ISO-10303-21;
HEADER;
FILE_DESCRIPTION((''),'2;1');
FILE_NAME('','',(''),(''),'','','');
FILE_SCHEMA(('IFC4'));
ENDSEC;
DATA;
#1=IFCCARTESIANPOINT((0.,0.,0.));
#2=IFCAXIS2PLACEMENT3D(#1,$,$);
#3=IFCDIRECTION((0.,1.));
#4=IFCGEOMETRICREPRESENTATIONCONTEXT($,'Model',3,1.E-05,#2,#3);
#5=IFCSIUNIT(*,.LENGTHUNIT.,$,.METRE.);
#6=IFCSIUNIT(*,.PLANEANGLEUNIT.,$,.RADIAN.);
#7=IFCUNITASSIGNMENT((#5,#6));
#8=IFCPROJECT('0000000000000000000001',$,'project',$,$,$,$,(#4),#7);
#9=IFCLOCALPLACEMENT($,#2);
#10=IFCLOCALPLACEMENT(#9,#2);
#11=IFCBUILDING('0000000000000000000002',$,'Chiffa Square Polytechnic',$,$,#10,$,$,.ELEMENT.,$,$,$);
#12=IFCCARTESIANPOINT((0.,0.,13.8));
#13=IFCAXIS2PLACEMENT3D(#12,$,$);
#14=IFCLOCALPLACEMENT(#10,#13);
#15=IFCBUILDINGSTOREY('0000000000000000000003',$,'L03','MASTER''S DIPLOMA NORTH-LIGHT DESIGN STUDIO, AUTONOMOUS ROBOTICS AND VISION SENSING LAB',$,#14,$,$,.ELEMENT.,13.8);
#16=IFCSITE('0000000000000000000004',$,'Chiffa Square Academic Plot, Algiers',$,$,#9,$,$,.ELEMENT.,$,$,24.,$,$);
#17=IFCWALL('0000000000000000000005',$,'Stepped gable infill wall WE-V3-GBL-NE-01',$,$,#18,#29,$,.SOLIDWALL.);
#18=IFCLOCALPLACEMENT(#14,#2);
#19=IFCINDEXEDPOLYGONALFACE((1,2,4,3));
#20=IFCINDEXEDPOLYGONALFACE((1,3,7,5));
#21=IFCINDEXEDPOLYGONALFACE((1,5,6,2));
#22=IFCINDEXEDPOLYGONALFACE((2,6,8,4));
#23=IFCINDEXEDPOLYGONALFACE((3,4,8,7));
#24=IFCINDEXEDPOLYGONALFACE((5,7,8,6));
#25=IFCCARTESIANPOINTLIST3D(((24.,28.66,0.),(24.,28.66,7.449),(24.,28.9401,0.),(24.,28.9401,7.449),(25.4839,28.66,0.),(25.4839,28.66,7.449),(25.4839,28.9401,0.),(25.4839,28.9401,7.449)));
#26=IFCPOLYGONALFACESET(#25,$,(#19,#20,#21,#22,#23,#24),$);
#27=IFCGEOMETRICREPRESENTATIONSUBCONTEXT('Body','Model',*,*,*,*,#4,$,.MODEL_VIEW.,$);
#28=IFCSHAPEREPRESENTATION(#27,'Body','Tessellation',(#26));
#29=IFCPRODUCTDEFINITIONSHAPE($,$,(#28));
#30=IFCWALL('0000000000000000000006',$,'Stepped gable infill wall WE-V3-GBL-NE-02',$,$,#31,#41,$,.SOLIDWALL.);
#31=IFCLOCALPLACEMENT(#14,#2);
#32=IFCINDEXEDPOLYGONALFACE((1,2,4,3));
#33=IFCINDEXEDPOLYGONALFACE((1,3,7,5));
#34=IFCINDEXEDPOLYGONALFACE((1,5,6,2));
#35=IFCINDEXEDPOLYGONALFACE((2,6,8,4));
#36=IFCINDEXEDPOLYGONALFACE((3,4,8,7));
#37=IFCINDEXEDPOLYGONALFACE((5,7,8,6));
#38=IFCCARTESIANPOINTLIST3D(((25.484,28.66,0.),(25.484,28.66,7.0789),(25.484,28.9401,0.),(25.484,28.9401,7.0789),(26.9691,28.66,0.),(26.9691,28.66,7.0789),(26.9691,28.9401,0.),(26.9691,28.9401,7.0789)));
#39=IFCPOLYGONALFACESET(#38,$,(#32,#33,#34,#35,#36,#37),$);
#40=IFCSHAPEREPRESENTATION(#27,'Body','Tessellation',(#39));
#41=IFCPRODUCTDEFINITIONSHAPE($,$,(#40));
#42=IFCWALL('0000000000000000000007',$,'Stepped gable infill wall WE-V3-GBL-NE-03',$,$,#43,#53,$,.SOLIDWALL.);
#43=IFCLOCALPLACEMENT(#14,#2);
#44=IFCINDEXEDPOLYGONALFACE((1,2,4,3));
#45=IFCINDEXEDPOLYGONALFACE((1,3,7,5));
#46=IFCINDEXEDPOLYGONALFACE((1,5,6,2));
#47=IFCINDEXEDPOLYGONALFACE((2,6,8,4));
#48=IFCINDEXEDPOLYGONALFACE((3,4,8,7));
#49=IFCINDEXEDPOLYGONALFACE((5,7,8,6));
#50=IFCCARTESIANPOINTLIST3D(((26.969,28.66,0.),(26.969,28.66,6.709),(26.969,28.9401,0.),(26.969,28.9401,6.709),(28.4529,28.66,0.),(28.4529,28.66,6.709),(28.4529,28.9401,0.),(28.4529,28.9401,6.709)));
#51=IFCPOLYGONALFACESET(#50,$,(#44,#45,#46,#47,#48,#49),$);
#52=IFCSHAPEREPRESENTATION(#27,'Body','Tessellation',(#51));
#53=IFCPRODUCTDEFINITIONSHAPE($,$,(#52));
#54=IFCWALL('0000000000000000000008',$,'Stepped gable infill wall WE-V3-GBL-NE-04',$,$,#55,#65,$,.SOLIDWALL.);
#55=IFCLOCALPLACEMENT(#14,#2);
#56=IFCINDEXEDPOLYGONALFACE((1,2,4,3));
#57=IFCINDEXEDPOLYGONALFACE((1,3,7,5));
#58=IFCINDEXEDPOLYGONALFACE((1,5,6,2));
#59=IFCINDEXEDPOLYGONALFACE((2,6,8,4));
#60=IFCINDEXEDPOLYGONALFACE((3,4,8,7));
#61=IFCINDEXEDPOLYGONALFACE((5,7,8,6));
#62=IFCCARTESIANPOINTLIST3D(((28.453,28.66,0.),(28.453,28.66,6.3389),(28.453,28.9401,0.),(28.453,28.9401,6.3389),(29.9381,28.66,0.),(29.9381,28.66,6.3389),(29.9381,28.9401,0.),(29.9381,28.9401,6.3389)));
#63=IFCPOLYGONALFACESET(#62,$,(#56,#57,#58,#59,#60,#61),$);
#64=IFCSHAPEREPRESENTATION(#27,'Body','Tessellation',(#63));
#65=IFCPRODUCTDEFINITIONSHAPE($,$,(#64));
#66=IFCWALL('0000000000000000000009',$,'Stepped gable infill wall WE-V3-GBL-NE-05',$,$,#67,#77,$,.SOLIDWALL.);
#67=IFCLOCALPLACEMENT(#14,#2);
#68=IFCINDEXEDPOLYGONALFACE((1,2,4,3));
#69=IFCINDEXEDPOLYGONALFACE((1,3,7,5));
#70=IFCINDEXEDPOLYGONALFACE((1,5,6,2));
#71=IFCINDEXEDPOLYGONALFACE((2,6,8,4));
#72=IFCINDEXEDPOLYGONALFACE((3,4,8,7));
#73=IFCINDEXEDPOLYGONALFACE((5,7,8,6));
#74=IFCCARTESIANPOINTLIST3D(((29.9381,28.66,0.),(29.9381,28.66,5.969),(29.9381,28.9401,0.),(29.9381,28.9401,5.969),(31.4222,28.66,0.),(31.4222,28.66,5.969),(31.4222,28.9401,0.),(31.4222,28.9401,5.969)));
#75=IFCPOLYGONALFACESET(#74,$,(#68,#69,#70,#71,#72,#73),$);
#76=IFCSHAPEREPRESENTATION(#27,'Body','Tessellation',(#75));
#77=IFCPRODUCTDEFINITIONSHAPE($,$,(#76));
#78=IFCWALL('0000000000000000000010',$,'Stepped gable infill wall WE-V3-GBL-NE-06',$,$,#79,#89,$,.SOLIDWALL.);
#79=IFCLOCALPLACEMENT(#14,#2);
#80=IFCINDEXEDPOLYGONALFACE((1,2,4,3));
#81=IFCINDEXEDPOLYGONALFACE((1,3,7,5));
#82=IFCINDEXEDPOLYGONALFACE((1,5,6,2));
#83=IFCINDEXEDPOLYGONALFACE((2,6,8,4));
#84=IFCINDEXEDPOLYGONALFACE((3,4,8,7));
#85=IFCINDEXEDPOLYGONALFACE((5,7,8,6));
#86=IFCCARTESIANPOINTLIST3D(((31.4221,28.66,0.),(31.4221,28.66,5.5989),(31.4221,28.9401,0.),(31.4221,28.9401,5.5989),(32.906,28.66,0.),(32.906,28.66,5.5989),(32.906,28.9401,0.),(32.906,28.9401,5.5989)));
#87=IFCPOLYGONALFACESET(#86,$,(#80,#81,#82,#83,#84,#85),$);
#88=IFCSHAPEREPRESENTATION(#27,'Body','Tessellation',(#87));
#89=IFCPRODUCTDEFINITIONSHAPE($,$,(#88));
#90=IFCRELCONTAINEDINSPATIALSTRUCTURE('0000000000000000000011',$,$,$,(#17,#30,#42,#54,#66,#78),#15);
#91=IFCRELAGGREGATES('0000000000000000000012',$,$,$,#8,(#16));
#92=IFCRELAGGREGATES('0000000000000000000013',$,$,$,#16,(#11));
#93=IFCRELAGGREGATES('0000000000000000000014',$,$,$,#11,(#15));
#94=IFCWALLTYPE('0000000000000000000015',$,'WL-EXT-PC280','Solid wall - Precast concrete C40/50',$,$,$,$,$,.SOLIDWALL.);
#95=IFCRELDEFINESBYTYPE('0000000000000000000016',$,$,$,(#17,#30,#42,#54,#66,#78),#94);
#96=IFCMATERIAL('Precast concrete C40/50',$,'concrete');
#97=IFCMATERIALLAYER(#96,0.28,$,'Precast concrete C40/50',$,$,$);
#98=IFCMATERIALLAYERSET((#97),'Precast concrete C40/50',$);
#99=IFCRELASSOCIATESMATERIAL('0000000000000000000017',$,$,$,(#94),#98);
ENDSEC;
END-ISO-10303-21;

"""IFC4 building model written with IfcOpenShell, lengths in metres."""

from ifc_helpers import new_model, si_unit, direction, frame, frame_2d, origin, place, context, subcontext, project, spatial, rectangle, extrude, material, layer, layer_set, type_object, element, save


model = new_model("IFC4")

# Units and contexts
model_context = context("Model", 3, precision=1e-05, world=origin(), true_north=direction((0.0, 1.0)))
body_context = subcontext(model_context, "Body", "Model", "MODEL_VIEW")
ifc_project = project(units=[si_unit("LENGTHUNIT", "METRE"), si_unit("PLANEANGLEUNIT", "RADIAN")], contexts=[model_context])

# Site, building, storey
site_placement = place(None, origin())
site = spatial("IfcSite", under=ifc_project, at=site_placement, Name="Chiffa Square Academic Plot, Algiers", CompositionType="ELEMENT", RefElevation=24.0)
building_placement = place(site_placement, origin())
building = spatial("IfcBuilding", under=site, at=building_placement, Name="Chiffa Square Polytechnic", CompositionType="ELEMENT")
storey_placement = place(building_placement, frame((0.0, 0.0, 13.8)))
storey = spatial("IfcBuildingStorey", under=building, at=storey_placement, Name="L03", Description="MASTER'S DIPLOMA NORTH-LIGHT DESIGN STUDIO, AUTONOMOUS ROBOTICS AND VISION SENSING LAB", CompositionType="ELEMENT", Elevation=13.8)

# Walls
ifc_material_1 = material(Name="Precast concrete C40/50", Category="concrete")
ifc_layer = layer(ifc_material_1, 0.28, Name="Precast concrete C40/50")
ifc_layer_set = layer_set([ifc_layer], Name="Precast concrete C40/50")
wall_type = type_object("IfcWallType", Name="WL-EXT-PC280", Description="Solid wall - Precast concrete C40/50", PredefinedType="SOLIDWALL", material=ifc_layer_set)
wall_1_placement = place(storey_placement, frame((24.0, 28.8, 0.0), z_axis=(0.0, 0.0, 1.0), x_axis=(1.0, 0.0, 0.0)))
element("IfcWall", 1, at=wall_1_placement, inside=storey, type_object=wall_type, Name="Stepped gable infill wall WE-V3-GBL-NE-01", PredefinedType="SOLIDWALL", context=body_context, shape_type="SweptSolid", body=[
    extrude(rectangle(XDim=1.4839, YDim=0.28, at=frame_2d((0.7419, 0.0))), origin(), (0.0, 0.0, 1.0), 7.449),
])
wall_2_placement = place(storey_placement, frame((25.4839, 28.8, 0.0), z_axis=(0.0, 0.0, 1.0), x_axis=(1.0, 0.0, 0.0)))
element("IfcWall", 2, at=wall_2_placement, inside=storey, type_object=wall_type, Name="Stepped gable infill wall WE-V3-GBL-NE-02", PredefinedType="SOLIDWALL", context=body_context, shape_type="SweptSolid", body=[
    extrude(rectangle(XDim=1.4851, YDim=0.28, at=frame_2d((0.7427, 0.0))), origin(), (0.0, 0.0, 1.0), 7.0789),
])
wall_3_placement = place(storey_placement, frame((26.969, 28.8, 0.0), z_axis=(0.0, 0.0, 1.0), x_axis=(1.0, 0.0, 0.0)))
element("IfcWall", 3, at=wall_3_placement, inside=storey, type_object=wall_type, Name="Stepped gable infill wall WE-V3-GBL-NE-03", PredefinedType="SOLIDWALL", context=body_context, shape_type="SweptSolid", body=[
    extrude(rectangle(XDim=1.4839, YDim=0.28, at=frame_2d((0.7419, 0.0))), origin(), (0.0, 0.0, 1.0), 6.709),
])
wall_4_placement = place(storey_placement, frame((28.4529, 28.8, 0.0), z_axis=(0.0, 0.0, 1.0), x_axis=(1.0, 0.0, 0.0)))
element("IfcWall", 4, at=wall_4_placement, inside=storey, type_object=wall_type, Name="Stepped gable infill wall WE-V3-GBL-NE-04", PredefinedType="SOLIDWALL", context=body_context, shape_type="SweptSolid", body=[
    extrude(rectangle(XDim=1.4851, YDim=0.28, at=frame_2d((0.7427, 0.0))), origin(), (0.0, 0.0, 1.0), 6.3389),
])
wall_5_placement = place(storey_placement, frame((29.938, 28.8, 0.0), z_axis=(0.0, 0.0, 1.0), x_axis=(1.0, 0.0, 0.0)))
element("IfcWall", 5, at=wall_5_placement, inside=storey, type_object=wall_type, Name="Stepped gable infill wall WE-V3-GBL-NE-05", PredefinedType="SOLIDWALL", context=body_context, shape_type="SweptSolid", body=[
    extrude(rectangle(XDim=1.4841, YDim=0.28, at=frame_2d((0.7422, 0.0))), origin(), (0.0, 0.0, 1.0), 5.969),
])
wall_6_placement = place(storey_placement, frame((31.4221, 28.8, 0.0), z_axis=(0.0, 0.0, 1.0), x_axis=(1.0, 0.0, 0.0)))
element("IfcWall", 6, at=wall_6_placement, inside=storey, type_object=wall_type, Name="Stepped gable infill wall WE-V3-GBL-NE-06", PredefinedType="SOLIDWALL", context=body_context, shape_type="SweptSolid", body=[
    extrude(rectangle(XDim=1.4839, YDim=0.28, at=frame_2d((0.7419, 0.0))), origin(), (0.0, 0.0, 1.0), 5.5989),
])

save(model, "model.ifc")
